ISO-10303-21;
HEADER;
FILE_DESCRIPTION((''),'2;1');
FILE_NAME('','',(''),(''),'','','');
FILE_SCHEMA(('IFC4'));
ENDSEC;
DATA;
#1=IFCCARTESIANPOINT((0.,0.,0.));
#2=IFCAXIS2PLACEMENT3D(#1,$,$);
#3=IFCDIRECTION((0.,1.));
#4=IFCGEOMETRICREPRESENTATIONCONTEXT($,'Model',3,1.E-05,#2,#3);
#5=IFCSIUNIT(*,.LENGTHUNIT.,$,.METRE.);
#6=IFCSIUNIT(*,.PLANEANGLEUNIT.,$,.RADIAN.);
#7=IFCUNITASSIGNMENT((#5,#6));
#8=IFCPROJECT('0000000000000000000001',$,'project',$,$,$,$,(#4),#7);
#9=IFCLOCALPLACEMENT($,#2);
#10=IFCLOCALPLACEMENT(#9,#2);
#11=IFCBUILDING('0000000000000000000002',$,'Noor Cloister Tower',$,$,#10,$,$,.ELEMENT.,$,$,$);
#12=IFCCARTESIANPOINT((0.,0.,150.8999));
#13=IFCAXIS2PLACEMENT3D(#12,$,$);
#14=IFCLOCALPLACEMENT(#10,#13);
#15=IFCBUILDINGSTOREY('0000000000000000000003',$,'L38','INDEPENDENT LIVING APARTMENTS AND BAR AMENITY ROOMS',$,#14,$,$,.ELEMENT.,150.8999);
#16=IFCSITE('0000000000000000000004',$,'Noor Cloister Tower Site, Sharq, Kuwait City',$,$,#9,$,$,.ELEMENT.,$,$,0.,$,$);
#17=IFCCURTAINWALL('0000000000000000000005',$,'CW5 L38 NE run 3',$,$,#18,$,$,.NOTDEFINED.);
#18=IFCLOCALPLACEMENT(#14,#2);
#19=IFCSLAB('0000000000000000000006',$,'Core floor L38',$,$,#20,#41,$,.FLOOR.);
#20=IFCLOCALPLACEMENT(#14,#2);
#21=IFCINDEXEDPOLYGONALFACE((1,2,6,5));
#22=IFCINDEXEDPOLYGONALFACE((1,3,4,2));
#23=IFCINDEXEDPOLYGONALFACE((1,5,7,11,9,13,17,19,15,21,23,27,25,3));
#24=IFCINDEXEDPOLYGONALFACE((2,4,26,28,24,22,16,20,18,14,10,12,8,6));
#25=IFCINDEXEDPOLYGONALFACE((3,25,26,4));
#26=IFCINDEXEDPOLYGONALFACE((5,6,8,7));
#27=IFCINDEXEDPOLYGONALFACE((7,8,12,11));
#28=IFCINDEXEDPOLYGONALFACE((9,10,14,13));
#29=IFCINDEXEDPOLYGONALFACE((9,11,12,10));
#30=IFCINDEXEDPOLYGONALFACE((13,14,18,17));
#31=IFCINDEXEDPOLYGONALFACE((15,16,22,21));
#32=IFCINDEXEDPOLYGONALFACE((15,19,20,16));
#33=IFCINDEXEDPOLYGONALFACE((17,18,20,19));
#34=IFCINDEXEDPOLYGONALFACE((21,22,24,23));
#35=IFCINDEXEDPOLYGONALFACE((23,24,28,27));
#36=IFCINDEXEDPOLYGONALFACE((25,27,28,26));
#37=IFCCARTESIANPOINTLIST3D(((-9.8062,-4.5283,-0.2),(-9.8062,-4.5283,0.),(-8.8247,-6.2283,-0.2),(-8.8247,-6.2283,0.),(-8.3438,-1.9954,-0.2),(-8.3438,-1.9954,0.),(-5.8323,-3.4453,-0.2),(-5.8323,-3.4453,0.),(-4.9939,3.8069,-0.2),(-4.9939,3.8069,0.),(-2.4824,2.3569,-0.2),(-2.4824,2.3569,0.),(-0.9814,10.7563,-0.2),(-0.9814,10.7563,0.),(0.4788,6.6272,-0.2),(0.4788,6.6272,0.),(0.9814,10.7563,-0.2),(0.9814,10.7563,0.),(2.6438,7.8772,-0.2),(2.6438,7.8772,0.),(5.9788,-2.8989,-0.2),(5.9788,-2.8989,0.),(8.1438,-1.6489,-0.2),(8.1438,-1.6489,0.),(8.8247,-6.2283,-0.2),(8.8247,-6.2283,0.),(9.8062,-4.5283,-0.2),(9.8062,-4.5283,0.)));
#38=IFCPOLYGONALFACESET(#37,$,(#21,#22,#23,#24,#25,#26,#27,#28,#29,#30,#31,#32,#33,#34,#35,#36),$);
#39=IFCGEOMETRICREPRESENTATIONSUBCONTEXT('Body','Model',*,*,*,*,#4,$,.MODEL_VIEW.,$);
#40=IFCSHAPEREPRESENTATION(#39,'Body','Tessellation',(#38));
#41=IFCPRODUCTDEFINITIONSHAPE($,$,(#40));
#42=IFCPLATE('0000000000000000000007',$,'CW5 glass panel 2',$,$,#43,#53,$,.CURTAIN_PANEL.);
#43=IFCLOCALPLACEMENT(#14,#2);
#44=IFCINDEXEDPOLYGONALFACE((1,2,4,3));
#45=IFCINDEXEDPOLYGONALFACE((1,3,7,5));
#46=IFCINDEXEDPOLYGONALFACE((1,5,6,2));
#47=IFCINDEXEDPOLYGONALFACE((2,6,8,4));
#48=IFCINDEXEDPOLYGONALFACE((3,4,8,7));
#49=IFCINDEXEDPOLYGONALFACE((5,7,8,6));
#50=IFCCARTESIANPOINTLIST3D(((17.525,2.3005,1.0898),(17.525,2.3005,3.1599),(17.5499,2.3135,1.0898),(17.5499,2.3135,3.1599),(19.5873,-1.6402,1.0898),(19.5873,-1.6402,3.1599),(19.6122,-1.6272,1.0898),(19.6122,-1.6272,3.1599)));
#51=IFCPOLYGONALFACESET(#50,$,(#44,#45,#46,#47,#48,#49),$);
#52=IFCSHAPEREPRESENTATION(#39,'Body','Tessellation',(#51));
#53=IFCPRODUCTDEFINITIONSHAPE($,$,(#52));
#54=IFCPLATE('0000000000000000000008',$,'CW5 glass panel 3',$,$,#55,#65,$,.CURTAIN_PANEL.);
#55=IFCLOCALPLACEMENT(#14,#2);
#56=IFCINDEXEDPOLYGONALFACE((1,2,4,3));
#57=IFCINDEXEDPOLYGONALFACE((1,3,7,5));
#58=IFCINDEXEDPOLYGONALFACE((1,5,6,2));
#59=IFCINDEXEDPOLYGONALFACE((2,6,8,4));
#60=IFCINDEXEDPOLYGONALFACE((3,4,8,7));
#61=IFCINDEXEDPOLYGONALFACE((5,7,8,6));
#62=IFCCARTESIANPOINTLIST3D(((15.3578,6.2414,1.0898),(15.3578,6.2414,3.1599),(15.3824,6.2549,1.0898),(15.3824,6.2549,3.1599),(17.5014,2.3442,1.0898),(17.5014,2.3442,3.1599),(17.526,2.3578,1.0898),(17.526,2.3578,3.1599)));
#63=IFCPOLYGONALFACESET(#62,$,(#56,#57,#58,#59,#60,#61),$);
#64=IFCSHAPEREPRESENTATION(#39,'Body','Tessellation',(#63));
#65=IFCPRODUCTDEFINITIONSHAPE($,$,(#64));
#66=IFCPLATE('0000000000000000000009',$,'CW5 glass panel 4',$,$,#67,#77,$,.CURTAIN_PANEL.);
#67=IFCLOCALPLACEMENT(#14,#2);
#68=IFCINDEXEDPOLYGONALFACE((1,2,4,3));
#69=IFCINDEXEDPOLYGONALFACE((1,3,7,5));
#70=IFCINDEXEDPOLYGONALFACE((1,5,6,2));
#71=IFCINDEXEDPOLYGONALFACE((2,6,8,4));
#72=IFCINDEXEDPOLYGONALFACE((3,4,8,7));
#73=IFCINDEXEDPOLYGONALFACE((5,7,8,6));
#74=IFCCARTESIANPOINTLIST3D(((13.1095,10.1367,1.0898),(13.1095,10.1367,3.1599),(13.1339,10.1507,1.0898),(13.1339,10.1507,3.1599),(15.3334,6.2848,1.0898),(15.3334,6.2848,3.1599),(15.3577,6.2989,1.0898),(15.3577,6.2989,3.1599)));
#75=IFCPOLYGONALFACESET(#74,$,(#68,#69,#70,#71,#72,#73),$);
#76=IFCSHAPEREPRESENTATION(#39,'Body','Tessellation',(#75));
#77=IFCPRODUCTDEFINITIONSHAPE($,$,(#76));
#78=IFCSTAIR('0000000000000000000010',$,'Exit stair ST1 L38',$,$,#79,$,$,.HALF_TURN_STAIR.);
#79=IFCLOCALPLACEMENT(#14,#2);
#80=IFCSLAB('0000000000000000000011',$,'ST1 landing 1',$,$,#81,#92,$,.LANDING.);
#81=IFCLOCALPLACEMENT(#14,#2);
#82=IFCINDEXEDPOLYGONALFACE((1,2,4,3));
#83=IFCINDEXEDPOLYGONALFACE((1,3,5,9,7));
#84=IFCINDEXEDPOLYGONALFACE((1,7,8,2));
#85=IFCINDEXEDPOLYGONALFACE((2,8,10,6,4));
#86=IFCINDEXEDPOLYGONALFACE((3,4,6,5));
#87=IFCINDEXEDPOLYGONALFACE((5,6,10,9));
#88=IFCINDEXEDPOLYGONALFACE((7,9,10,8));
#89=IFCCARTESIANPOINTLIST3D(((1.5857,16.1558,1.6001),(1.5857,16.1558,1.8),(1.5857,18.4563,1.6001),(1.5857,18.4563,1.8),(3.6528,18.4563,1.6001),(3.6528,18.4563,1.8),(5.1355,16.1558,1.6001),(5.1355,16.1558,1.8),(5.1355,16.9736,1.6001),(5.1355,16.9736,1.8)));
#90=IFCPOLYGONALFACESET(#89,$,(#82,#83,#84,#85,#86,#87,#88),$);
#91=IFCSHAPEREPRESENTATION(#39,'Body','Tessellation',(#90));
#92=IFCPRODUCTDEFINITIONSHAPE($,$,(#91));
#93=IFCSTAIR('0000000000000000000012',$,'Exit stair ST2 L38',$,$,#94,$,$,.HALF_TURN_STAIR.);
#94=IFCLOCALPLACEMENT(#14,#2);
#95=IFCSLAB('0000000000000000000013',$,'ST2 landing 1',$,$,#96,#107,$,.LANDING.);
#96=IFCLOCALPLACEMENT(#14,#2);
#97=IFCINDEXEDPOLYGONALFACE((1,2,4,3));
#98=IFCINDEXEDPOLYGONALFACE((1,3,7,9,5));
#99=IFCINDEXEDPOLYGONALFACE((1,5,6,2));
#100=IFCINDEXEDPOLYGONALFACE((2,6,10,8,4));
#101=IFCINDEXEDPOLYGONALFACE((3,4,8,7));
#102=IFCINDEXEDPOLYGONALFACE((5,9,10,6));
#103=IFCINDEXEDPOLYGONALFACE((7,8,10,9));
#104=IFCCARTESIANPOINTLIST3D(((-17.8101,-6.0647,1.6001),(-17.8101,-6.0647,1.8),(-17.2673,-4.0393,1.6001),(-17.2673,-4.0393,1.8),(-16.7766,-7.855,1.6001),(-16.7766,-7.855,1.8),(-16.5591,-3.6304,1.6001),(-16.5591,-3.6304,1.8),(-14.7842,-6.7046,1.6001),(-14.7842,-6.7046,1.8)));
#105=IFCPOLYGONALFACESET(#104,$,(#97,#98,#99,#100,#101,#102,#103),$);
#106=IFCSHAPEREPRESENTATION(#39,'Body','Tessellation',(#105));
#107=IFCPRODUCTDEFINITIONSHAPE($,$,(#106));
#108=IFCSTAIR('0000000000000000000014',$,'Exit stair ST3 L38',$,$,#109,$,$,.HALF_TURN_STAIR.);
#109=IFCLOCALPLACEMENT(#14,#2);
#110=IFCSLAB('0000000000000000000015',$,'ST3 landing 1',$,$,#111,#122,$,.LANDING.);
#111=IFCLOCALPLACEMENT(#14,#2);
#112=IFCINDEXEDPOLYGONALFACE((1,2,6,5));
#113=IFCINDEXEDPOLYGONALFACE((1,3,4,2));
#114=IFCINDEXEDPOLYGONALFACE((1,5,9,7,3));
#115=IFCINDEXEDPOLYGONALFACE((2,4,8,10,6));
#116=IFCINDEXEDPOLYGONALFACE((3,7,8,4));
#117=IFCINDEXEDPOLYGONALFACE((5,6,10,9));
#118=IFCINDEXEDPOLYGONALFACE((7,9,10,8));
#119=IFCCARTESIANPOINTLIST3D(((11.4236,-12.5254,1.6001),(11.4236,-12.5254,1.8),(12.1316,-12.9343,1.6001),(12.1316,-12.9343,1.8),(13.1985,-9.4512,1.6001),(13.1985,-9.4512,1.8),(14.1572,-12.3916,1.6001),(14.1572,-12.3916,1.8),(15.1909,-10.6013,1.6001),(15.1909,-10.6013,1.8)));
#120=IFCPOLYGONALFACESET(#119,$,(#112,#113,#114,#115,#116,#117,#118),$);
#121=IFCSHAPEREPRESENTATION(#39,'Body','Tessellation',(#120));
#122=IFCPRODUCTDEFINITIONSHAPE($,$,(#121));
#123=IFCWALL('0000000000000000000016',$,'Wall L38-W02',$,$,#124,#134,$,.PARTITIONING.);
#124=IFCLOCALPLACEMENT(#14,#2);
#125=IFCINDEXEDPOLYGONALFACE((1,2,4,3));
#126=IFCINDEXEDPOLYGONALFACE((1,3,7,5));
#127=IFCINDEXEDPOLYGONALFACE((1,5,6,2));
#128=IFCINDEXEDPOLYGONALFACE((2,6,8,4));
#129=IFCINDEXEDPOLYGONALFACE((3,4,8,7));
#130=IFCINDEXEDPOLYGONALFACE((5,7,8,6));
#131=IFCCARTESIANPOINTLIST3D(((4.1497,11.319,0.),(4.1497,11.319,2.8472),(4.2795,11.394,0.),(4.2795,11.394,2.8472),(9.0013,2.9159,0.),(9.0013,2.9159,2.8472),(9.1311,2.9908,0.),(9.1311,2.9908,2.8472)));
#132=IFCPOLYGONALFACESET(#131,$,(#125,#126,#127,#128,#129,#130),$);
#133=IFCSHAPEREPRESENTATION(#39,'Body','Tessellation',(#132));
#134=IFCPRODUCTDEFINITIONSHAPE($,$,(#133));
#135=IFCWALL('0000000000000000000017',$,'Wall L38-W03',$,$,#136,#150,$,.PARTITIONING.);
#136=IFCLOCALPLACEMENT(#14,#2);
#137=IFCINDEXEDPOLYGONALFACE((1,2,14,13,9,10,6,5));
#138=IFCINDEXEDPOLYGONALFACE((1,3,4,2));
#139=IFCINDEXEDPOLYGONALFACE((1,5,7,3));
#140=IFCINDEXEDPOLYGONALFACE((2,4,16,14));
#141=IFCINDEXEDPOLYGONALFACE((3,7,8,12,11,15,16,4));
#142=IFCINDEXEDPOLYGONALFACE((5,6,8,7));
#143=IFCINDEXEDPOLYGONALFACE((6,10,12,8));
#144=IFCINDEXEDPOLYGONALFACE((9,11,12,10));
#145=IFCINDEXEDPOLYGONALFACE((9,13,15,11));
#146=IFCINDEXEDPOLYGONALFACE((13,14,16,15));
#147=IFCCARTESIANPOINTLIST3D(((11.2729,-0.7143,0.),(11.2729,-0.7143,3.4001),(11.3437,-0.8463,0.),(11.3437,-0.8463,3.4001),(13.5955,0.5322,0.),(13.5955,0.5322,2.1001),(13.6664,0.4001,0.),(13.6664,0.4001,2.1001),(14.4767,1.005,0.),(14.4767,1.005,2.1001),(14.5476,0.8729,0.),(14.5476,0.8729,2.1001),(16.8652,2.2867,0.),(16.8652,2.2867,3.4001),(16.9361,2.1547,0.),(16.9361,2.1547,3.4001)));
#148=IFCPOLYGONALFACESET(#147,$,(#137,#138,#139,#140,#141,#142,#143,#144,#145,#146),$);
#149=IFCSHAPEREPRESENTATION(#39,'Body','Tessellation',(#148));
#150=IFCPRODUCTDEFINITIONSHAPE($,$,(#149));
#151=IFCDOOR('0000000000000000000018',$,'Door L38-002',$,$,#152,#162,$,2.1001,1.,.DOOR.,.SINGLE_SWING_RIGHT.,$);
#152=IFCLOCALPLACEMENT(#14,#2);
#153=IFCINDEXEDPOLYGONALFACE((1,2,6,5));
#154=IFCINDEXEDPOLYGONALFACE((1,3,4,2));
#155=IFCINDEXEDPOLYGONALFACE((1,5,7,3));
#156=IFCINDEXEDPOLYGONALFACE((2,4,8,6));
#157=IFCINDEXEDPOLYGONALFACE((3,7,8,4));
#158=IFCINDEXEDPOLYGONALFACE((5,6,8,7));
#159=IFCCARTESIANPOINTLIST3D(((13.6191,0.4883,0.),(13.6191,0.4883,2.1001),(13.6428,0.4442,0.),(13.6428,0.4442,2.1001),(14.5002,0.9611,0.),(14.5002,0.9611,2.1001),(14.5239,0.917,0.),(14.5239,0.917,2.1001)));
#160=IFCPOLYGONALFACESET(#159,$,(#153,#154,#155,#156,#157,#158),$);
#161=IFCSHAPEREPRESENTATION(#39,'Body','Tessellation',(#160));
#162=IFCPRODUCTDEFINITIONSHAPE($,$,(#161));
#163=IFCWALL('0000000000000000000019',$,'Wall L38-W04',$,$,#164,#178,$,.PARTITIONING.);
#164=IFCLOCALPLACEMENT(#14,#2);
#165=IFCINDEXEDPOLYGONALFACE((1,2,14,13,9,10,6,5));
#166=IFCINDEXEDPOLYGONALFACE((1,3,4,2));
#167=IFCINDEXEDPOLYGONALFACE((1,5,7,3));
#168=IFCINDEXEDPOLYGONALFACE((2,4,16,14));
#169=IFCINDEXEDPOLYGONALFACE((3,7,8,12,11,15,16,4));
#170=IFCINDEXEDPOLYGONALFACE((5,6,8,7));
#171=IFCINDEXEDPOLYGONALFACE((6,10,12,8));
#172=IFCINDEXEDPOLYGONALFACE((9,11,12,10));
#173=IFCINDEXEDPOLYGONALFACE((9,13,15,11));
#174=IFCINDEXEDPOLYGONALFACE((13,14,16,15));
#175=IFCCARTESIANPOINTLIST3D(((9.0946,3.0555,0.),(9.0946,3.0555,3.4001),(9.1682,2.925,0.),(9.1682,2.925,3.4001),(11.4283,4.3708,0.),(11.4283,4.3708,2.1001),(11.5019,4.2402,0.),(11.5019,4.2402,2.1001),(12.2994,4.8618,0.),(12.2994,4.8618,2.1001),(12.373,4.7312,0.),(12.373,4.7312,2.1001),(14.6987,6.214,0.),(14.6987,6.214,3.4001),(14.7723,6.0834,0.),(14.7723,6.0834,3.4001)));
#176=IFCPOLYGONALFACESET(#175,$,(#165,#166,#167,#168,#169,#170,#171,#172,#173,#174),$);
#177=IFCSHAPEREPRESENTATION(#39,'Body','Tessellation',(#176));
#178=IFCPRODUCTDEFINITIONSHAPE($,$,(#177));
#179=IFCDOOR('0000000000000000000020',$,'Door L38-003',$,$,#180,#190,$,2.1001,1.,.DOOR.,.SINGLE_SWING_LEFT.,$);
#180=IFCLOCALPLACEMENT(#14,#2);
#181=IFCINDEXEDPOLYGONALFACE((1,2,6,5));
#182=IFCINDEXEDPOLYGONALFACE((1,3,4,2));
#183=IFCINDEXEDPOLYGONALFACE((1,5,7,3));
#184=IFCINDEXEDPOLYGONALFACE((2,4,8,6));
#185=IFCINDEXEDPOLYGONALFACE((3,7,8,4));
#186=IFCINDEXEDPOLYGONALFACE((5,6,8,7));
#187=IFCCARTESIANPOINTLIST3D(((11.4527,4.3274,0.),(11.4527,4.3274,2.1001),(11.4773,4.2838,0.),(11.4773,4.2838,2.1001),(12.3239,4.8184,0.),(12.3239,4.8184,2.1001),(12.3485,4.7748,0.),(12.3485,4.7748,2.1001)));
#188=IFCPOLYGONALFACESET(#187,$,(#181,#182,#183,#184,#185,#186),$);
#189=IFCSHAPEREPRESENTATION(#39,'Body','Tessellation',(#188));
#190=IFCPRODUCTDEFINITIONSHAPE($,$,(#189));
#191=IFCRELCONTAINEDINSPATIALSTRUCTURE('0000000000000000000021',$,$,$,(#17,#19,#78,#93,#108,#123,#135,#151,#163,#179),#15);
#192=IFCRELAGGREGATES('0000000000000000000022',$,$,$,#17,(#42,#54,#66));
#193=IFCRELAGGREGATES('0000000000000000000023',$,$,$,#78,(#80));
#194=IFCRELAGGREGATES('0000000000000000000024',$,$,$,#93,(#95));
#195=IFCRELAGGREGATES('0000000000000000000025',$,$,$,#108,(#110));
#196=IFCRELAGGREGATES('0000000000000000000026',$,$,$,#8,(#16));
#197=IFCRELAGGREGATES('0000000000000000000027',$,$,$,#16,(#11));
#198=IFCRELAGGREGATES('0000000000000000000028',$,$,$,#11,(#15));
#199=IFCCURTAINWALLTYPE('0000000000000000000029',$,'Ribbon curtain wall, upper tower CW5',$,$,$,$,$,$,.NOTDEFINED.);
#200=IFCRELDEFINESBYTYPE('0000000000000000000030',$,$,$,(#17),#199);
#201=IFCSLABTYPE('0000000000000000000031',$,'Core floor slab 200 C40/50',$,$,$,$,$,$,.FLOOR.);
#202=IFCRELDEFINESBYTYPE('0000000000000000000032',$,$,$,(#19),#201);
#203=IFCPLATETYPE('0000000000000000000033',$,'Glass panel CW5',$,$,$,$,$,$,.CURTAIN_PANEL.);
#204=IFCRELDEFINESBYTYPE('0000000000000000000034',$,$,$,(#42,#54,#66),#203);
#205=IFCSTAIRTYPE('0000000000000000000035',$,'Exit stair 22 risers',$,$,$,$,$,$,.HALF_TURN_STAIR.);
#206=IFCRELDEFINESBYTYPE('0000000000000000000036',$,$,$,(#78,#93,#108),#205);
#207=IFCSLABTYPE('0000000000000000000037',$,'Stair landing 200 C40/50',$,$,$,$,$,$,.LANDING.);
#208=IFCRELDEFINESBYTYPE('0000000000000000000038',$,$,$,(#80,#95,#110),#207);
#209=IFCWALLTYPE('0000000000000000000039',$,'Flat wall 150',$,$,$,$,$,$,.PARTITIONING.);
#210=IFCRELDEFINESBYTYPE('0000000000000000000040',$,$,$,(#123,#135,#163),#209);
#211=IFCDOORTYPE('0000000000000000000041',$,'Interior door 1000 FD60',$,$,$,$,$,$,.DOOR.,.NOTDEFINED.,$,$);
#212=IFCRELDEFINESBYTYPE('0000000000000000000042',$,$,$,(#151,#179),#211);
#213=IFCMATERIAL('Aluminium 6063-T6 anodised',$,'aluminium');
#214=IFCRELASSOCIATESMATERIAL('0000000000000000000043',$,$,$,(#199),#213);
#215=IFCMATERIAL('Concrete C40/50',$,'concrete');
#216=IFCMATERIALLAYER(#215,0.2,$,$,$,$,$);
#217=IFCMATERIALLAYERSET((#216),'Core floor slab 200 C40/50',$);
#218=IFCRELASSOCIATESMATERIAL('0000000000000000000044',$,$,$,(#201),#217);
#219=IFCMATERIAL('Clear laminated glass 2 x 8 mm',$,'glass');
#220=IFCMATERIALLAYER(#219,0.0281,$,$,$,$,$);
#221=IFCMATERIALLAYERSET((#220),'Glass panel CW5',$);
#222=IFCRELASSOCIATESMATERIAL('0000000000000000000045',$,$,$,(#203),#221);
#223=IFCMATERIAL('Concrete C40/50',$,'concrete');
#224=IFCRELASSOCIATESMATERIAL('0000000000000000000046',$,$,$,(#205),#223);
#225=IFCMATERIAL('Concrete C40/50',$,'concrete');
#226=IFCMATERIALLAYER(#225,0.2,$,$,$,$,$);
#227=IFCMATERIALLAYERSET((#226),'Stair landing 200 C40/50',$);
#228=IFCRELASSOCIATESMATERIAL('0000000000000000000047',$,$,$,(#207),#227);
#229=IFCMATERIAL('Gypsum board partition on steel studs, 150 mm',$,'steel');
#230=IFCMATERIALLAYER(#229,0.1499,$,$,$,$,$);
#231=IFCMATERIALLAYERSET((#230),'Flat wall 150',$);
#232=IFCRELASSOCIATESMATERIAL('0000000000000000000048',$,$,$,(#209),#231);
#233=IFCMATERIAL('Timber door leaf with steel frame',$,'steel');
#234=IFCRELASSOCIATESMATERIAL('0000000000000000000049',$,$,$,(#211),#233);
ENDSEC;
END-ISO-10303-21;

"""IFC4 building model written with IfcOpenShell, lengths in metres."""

from ifc_helpers import new_model, si_unit, direction, frame, frame_2d, origin, origin_2d, place, context, subcontext, project, spatial, polyline, rectangle, outline, extrude, material, layer, layer_set, type_object, element, fill, aggregate, save


model = new_model("IFC4")

# Units and contexts
model_context = context("Model", 3, precision=1e-05, world=origin(), true_north=direction((0.0, 1.0)))
body_context = subcontext(model_context, "Body", "Model", "MODEL_VIEW")
ifc_project = project(units=[si_unit("LENGTHUNIT", "METRE"), si_unit("PLANEANGLEUNIT", "RADIAN")], contexts=[model_context])

# Site, building, storey
site_placement = place(None, origin())
site = spatial("IfcSite", under=ifc_project, at=site_placement, Name="Noor Cloister Tower Site, Sharq, Kuwait City", CompositionType="ELEMENT", RefElevation=0.0)
building_placement = place(site_placement, origin())
building = spatial("IfcBuilding", under=site, at=building_placement, Name="Noor Cloister Tower", CompositionType="ELEMENT")
storey_placement = place(building_placement, frame((0.0, 0.0, 150.8999)))
storey = spatial("IfcBuildingStorey", under=building, at=storey_placement, Name="L38", Description="INDEPENDENT LIVING APARTMENTS AND BAR AMENITY ROOMS", CompositionType="ELEMENT", Elevation=150.8999)

# Curtain wall
ifc_material_1 = material(Name="Aluminium 6063-T6 anodised", Category="aluminium")
curtain_wall_type = type_object("IfcCurtainWallType", Name="Ribbon curtain wall, upper tower CW5", PredefinedType="NOTDEFINED", material=ifc_material_1)
curtain_wall_placement = place(storey_placement, origin())
curtain_wall = element("IfcCurtainWall", 1, at=curtain_wall_placement, inside=storey, type_object=curtain_wall_type, Name="CW5 L38 NE run 3", PredefinedType="NOTDEFINED")

# Slab
ifc_material_2 = material(Name="Concrete C40/50", Category="concrete")
ifc_layer_1 = layer(ifc_material_2, 0.2)
ifc_layer_set_1 = layer_set([ifc_layer_1], Name="Core floor slab 200 C40/50")
slab_type_1 = type_object("IfcSlabType", Name="Core floor slab 200 C40/50", PredefinedType="FLOOR", material=ifc_layer_set_1)
slab_1_placement = place(storey_placement, frame((0.0, 0.0, -0.2)))
element("IfcSlab", 2, at=slab_1_placement, inside=storey, type_object=slab_type_1, Name="Core floor L38", PredefinedType="FLOOR", context=body_context, shape_type="SweptSolid", body=[
    extrude(outline(polyline([(2.6438, 7.8772), (0.9814, 10.7563), (-0.9814, 10.7563), (-4.9939, 3.8069), (-2.4824, 2.3569), (-5.8323, -3.4453), (-8.3438, -1.9954), (-9.8062, -4.5283), (-8.8247, -6.2283), (8.8247, -6.2283), (9.8062, -4.5283), (8.1438, -1.6489), (5.9788, -2.8989), (0.4788, 6.6272), (2.6438, 7.8772)])), origin(), (0.0, 0.0, 1.0), 0.2),
])

# Plates
ifc_material_3 = material(Name="Clear laminated glass 2 x 8 mm", Category="glass")
ifc_layer_2 = layer(ifc_material_3, 0.0281)
ifc_layer_set_2 = layer_set([ifc_layer_2], Name="Glass panel CW5")
plate_type = type_object("IfcPlateType", Name="Glass panel CW5", PredefinedType="CURTAIN_PANEL", material=ifc_layer_set_2)
plate_1_placement = place(storey_placement, frame((18.5686, 0.3367, 1.0898), z_axis=(0.0, 0.0, 1.0), x_axis=(-0.463677, 0.886004, 0.0)))
plate_1 = element("IfcPlate", 3, at=plate_1_placement, type_object=plate_type, Name="CW5 glass panel 2", PredefinedType="CURTAIN_PANEL", context=body_context, shape_type="SweptSolid", body=[
    extrude(rectangle(XDim=4.4478, YDim=0.0281, at=origin_2d()), origin(), (0.0, 0.0, 1.0), 2.0701),
])
plate_2_placement = place(storey_placement, frame((16.4419, 4.2996, 1.0898), z_axis=(0.0, 0.0, 1.0), x_axis=(-0.481942, 0.876203, 0.0)))
plate_2 = element("IfcPlate", 4, at=plate_2_placement, type_object=plate_type, Name="CW5 glass panel 3", PredefinedType="CURTAIN_PANEL", context=body_context, shape_type="SweptSolid", body=[
    extrude(rectangle(XDim=4.4478, YDim=0.0281, at=origin_2d()), origin(), (0.0, 0.0, 1.0), 2.0701),
])
plate_3_placement = place(storey_placement, frame((14.2336, 8.2178, 1.0898), z_axis=(0.0, 0.0, 1.0), x_axis=(-0.5, 0.866025, 0.0)))
plate_3 = element("IfcPlate", 5, at=plate_3_placement, type_object=plate_type, Name="CW5 glass panel 4", PredefinedType="CURTAIN_PANEL", context=body_context, shape_type="SweptSolid", body=[
    extrude(rectangle(XDim=4.4478, YDim=0.0281, at=origin_2d()), origin(), (0.0, 0.0, 1.0), 2.0701),
])
aggregate(curtain_wall, [plate_1, plate_2, plate_3])

# Stairs, slabs
ifc_material_4 = material(Name="Concrete C40/50", Category="concrete")
stair_type = type_object("IfcStairType", Name="Exit stair 22 risers", PredefinedType="HALF_TURN_STAIR", material=ifc_material_4)
stair_1_placement = place(storey_placement, origin())
stair_1 = element("IfcStair", 6, at=stair_1_placement, inside=storey, type_object=stair_type, Name="Exit stair ST1 L38", PredefinedType="HALF_TURN_STAIR")
ifc_material_5 = material(Name="Concrete C40/50", Category="concrete")
ifc_layer_3 = layer(ifc_material_5, 0.2)
ifc_layer_set_3 = layer_set([ifc_layer_3], Name="Stair landing 200 C40/50")
slab_type_2 = type_object("IfcSlabType", Name="Stair landing 200 C40/50", PredefinedType="LANDING", material=ifc_layer_set_3)
slab_2_placement = place(storey_placement, frame((0.0, 0.0, 1.6001)))
slab_2 = element("IfcSlab", 7, at=slab_2_placement, type_object=slab_type_2, Name="ST1 landing 1", PredefinedType="LANDING", context=body_context, shape_type="SweptSolid", body=[
    extrude(outline(polyline([(5.1355, 16.1558), (5.1355, 16.9736), (3.6528, 18.4563), (1.5857, 18.4563), (1.5857, 16.1558), (5.1355, 16.1558)])), origin(), (0.0, 0.0, 1.0), 0.2),
])
aggregate(stair_1, [slab_2])
stair_2_placement = place(storey_placement, origin())
stair_2 = element("IfcStair", 8, at=stair_2_placement, inside=storey, type_object=stair_type, Name="Exit stair ST2 L38", PredefinedType="HALF_TURN_STAIR")
slab_3_placement = place(storey_placement, frame((0.0, 0.0, 1.6001)))
slab_3 = element("IfcSlab", 9, at=slab_3_placement, type_object=slab_type_2, Name="ST2 landing 1", PredefinedType="LANDING", context=body_context, shape_type="SweptSolid", body=[
    extrude(outline(polyline([(-16.5591, -3.6304), (-17.2673, -4.0393), (-17.8101, -6.0647), (-16.7766, -7.855), (-14.7842, -6.7046), (-16.5591, -3.6304)])), origin(), (0.0, 0.0, 1.0), 0.2),
])
aggregate(stair_2, [slab_3])
stair_3_placement = place(storey_placement, origin())
stair_3 = element("IfcStair", 10, at=stair_3_placement, inside=storey, type_object=stair_type, Name="Exit stair ST3 L38", PredefinedType="HALF_TURN_STAIR")
slab_4_placement = place(storey_placement, frame((0.0, 0.0, 1.6001)))
slab_4 = element("IfcSlab", 11, at=slab_4_placement, type_object=slab_type_2, Name="ST3 landing 1", PredefinedType="LANDING", context=body_context, shape_type="SweptSolid", body=[
    extrude(outline(polyline([(11.4236, -12.5254), (12.1316, -12.9343), (14.1572, -12.3916), (15.1909, -10.6013), (13.1985, -9.4512), (11.4236, -12.5254)])), origin(), (0.0, 0.0, 1.0), 0.2),
])
aggregate(stair_3, [slab_4])

# Wall
ifc_material_6 = material(Name="Gypsum board partition on steel studs, 150 mm", Category="steel")
ifc_layer_4 = layer(ifc_material_6, 0.1499)
ifc_layer_set_4 = layer_set([ifc_layer_4], Name="Flat wall 150")
wall_type_1 = type_object("IfcWallType", Name="Flat wall 150", PredefinedType="PARTITIONING", material=ifc_layer_set_4)
wall_1_placement = place(storey_placement, frame((9.0662, 2.9534, 0.0), z_axis=(0.0, 0.0, 1.0), x_axis=(-0.500003, 0.866023, 0.0)))
element("IfcWall", 12, at=wall_1_placement, inside=storey, type_object=wall_type_1, Name="Wall L38-W02", PredefinedType="PARTITIONING", context=body_context, shape_type="SweptSolid", body=[
    extrude(rectangle(XDim=9.7031, YDim=0.1499, at=frame_2d((4.8516, 0.0))), origin(), (0.0, 0.0, 1.0), 2.8472),
])

# Walls, openings, doors
wall_2_placement = place(storey_placement, frame((16.9006, 2.2207, 0.0), z_axis=(0.0, 0.0, 1.0), x_axis=(-0.881145, -0.472847, 0.0)))
wall_2 = element("IfcWall", 13, at=wall_2_placement, inside=storey, type_object=wall_type_1, Name="Wall L38-W03", PredefinedType="PARTITIONING", context=body_context, shape_type="SweptSolid", body=[
    extrude(rectangle(XDim=6.3467, YDim=0.1499, at=frame_2d((3.1733, 0.0))), origin(), (0.0, 0.0, 1.0), 3.4001),
])
opening_1_placement = place(wall_2_placement, frame((2.7107, 0.0, 0.0)))
opening_1 = element("IfcOpeningElement", 14, at=opening_1_placement, cuts=wall_2, PredefinedType="OPENING", context=body_context, shape_type="SweptSolid", body=[
    extrude(rectangle(XDim=1.0, YDim=2.1001, at=frame_2d((0.5, 1.05))), frame((0.0, 0.085, 0.0), z_axis=(0.0, -1.0, 0.0), x_axis=(1.0, 0.0, 0.0)), (0.0, 0.0, 1.0), 0.1699),
])
ifc_material_7 = material(Name="Timber door leaf with steel frame", Category="steel")
door_type = type_object("IfcDoorType", Name="Interior door 1000 FD60", OperationType="NOTDEFINED", PredefinedType="DOOR", material=ifc_material_7)
door_1_placement = place(opening_1_placement, origin())
door_1 = element("IfcDoor", 15, at=door_1_placement, inside=storey, type_object=door_type, Name="Door L38-002", OperationType="SINGLE_SWING_RIGHT", OverallHeight=2.1001, OverallWidth=1.0, PredefinedType="DOOR", context=body_context, shape_type="SweptSolid", body=[
    extrude(rectangle(XDim=1.0, YDim=2.1001, at=frame_2d((0.5, 1.05))), frame((0.0, 0.0249, 0.0), z_axis=(0.0, -1.0, 0.0), x_axis=(1.0, 0.0, 0.0)), (0.0, 0.0, 1.0), 0.05),
])
fill(opening_1, door_1)
wall_3_placement = place(storey_placement, frame((14.7354, 6.1487, 0.0), z_axis=(0.0, 0.0, 1.0), x_axis=(-0.871164, -0.490993, 0.0)))
wall_3 = element("IfcWall", 16, at=wall_3_placement, inside=storey, type_object=wall_type_1, Name="Wall L38-W04", PredefinedType="PARTITIONING", context=body_context, shape_type="SweptSolid", body=[
    extrude(rectangle(XDim=6.4329, YDim=0.1499, at=frame_2d((3.2163, 0.0))), origin(), (0.0, 0.0, 1.0), 3.4001),
])
opening_2_placement = place(wall_3_placement, frame((2.7539, 0.0, 0.0)))
opening_2 = element("IfcOpeningElement", 17, at=opening_2_placement, cuts=wall_3, PredefinedType="OPENING", context=body_context, shape_type="SweptSolid", body=[
    extrude(rectangle(XDim=1.0, YDim=2.1001, at=frame_2d((0.5, 1.05))), frame((0.0, 0.085, 0.0), z_axis=(0.0, -1.0, 0.0), x_axis=(1.0, 0.0, 0.0)), (0.0, 0.0, 1.0), 0.1699),
])
door_2_placement = place(opening_2_placement, origin())
door_2 = element("IfcDoor", 18, at=door_2_placement, inside=storey, type_object=door_type, Name="Door L38-003", OperationType="SINGLE_SWING_LEFT", OverallHeight=2.1001, OverallWidth=1.0, PredefinedType="DOOR", context=body_context, shape_type="SweptSolid", body=[
    extrude(rectangle(XDim=1.0, YDim=2.1001, at=frame_2d((0.5, 1.05))), frame((0.0, 0.0249, 0.0), z_axis=(0.0, -1.0, 0.0), x_axis=(1.0, 0.0, 0.0)), (0.0, 0.0, 1.0), 0.05),
])
fill(opening_2, door_2)

save(model, "model.ifc")
